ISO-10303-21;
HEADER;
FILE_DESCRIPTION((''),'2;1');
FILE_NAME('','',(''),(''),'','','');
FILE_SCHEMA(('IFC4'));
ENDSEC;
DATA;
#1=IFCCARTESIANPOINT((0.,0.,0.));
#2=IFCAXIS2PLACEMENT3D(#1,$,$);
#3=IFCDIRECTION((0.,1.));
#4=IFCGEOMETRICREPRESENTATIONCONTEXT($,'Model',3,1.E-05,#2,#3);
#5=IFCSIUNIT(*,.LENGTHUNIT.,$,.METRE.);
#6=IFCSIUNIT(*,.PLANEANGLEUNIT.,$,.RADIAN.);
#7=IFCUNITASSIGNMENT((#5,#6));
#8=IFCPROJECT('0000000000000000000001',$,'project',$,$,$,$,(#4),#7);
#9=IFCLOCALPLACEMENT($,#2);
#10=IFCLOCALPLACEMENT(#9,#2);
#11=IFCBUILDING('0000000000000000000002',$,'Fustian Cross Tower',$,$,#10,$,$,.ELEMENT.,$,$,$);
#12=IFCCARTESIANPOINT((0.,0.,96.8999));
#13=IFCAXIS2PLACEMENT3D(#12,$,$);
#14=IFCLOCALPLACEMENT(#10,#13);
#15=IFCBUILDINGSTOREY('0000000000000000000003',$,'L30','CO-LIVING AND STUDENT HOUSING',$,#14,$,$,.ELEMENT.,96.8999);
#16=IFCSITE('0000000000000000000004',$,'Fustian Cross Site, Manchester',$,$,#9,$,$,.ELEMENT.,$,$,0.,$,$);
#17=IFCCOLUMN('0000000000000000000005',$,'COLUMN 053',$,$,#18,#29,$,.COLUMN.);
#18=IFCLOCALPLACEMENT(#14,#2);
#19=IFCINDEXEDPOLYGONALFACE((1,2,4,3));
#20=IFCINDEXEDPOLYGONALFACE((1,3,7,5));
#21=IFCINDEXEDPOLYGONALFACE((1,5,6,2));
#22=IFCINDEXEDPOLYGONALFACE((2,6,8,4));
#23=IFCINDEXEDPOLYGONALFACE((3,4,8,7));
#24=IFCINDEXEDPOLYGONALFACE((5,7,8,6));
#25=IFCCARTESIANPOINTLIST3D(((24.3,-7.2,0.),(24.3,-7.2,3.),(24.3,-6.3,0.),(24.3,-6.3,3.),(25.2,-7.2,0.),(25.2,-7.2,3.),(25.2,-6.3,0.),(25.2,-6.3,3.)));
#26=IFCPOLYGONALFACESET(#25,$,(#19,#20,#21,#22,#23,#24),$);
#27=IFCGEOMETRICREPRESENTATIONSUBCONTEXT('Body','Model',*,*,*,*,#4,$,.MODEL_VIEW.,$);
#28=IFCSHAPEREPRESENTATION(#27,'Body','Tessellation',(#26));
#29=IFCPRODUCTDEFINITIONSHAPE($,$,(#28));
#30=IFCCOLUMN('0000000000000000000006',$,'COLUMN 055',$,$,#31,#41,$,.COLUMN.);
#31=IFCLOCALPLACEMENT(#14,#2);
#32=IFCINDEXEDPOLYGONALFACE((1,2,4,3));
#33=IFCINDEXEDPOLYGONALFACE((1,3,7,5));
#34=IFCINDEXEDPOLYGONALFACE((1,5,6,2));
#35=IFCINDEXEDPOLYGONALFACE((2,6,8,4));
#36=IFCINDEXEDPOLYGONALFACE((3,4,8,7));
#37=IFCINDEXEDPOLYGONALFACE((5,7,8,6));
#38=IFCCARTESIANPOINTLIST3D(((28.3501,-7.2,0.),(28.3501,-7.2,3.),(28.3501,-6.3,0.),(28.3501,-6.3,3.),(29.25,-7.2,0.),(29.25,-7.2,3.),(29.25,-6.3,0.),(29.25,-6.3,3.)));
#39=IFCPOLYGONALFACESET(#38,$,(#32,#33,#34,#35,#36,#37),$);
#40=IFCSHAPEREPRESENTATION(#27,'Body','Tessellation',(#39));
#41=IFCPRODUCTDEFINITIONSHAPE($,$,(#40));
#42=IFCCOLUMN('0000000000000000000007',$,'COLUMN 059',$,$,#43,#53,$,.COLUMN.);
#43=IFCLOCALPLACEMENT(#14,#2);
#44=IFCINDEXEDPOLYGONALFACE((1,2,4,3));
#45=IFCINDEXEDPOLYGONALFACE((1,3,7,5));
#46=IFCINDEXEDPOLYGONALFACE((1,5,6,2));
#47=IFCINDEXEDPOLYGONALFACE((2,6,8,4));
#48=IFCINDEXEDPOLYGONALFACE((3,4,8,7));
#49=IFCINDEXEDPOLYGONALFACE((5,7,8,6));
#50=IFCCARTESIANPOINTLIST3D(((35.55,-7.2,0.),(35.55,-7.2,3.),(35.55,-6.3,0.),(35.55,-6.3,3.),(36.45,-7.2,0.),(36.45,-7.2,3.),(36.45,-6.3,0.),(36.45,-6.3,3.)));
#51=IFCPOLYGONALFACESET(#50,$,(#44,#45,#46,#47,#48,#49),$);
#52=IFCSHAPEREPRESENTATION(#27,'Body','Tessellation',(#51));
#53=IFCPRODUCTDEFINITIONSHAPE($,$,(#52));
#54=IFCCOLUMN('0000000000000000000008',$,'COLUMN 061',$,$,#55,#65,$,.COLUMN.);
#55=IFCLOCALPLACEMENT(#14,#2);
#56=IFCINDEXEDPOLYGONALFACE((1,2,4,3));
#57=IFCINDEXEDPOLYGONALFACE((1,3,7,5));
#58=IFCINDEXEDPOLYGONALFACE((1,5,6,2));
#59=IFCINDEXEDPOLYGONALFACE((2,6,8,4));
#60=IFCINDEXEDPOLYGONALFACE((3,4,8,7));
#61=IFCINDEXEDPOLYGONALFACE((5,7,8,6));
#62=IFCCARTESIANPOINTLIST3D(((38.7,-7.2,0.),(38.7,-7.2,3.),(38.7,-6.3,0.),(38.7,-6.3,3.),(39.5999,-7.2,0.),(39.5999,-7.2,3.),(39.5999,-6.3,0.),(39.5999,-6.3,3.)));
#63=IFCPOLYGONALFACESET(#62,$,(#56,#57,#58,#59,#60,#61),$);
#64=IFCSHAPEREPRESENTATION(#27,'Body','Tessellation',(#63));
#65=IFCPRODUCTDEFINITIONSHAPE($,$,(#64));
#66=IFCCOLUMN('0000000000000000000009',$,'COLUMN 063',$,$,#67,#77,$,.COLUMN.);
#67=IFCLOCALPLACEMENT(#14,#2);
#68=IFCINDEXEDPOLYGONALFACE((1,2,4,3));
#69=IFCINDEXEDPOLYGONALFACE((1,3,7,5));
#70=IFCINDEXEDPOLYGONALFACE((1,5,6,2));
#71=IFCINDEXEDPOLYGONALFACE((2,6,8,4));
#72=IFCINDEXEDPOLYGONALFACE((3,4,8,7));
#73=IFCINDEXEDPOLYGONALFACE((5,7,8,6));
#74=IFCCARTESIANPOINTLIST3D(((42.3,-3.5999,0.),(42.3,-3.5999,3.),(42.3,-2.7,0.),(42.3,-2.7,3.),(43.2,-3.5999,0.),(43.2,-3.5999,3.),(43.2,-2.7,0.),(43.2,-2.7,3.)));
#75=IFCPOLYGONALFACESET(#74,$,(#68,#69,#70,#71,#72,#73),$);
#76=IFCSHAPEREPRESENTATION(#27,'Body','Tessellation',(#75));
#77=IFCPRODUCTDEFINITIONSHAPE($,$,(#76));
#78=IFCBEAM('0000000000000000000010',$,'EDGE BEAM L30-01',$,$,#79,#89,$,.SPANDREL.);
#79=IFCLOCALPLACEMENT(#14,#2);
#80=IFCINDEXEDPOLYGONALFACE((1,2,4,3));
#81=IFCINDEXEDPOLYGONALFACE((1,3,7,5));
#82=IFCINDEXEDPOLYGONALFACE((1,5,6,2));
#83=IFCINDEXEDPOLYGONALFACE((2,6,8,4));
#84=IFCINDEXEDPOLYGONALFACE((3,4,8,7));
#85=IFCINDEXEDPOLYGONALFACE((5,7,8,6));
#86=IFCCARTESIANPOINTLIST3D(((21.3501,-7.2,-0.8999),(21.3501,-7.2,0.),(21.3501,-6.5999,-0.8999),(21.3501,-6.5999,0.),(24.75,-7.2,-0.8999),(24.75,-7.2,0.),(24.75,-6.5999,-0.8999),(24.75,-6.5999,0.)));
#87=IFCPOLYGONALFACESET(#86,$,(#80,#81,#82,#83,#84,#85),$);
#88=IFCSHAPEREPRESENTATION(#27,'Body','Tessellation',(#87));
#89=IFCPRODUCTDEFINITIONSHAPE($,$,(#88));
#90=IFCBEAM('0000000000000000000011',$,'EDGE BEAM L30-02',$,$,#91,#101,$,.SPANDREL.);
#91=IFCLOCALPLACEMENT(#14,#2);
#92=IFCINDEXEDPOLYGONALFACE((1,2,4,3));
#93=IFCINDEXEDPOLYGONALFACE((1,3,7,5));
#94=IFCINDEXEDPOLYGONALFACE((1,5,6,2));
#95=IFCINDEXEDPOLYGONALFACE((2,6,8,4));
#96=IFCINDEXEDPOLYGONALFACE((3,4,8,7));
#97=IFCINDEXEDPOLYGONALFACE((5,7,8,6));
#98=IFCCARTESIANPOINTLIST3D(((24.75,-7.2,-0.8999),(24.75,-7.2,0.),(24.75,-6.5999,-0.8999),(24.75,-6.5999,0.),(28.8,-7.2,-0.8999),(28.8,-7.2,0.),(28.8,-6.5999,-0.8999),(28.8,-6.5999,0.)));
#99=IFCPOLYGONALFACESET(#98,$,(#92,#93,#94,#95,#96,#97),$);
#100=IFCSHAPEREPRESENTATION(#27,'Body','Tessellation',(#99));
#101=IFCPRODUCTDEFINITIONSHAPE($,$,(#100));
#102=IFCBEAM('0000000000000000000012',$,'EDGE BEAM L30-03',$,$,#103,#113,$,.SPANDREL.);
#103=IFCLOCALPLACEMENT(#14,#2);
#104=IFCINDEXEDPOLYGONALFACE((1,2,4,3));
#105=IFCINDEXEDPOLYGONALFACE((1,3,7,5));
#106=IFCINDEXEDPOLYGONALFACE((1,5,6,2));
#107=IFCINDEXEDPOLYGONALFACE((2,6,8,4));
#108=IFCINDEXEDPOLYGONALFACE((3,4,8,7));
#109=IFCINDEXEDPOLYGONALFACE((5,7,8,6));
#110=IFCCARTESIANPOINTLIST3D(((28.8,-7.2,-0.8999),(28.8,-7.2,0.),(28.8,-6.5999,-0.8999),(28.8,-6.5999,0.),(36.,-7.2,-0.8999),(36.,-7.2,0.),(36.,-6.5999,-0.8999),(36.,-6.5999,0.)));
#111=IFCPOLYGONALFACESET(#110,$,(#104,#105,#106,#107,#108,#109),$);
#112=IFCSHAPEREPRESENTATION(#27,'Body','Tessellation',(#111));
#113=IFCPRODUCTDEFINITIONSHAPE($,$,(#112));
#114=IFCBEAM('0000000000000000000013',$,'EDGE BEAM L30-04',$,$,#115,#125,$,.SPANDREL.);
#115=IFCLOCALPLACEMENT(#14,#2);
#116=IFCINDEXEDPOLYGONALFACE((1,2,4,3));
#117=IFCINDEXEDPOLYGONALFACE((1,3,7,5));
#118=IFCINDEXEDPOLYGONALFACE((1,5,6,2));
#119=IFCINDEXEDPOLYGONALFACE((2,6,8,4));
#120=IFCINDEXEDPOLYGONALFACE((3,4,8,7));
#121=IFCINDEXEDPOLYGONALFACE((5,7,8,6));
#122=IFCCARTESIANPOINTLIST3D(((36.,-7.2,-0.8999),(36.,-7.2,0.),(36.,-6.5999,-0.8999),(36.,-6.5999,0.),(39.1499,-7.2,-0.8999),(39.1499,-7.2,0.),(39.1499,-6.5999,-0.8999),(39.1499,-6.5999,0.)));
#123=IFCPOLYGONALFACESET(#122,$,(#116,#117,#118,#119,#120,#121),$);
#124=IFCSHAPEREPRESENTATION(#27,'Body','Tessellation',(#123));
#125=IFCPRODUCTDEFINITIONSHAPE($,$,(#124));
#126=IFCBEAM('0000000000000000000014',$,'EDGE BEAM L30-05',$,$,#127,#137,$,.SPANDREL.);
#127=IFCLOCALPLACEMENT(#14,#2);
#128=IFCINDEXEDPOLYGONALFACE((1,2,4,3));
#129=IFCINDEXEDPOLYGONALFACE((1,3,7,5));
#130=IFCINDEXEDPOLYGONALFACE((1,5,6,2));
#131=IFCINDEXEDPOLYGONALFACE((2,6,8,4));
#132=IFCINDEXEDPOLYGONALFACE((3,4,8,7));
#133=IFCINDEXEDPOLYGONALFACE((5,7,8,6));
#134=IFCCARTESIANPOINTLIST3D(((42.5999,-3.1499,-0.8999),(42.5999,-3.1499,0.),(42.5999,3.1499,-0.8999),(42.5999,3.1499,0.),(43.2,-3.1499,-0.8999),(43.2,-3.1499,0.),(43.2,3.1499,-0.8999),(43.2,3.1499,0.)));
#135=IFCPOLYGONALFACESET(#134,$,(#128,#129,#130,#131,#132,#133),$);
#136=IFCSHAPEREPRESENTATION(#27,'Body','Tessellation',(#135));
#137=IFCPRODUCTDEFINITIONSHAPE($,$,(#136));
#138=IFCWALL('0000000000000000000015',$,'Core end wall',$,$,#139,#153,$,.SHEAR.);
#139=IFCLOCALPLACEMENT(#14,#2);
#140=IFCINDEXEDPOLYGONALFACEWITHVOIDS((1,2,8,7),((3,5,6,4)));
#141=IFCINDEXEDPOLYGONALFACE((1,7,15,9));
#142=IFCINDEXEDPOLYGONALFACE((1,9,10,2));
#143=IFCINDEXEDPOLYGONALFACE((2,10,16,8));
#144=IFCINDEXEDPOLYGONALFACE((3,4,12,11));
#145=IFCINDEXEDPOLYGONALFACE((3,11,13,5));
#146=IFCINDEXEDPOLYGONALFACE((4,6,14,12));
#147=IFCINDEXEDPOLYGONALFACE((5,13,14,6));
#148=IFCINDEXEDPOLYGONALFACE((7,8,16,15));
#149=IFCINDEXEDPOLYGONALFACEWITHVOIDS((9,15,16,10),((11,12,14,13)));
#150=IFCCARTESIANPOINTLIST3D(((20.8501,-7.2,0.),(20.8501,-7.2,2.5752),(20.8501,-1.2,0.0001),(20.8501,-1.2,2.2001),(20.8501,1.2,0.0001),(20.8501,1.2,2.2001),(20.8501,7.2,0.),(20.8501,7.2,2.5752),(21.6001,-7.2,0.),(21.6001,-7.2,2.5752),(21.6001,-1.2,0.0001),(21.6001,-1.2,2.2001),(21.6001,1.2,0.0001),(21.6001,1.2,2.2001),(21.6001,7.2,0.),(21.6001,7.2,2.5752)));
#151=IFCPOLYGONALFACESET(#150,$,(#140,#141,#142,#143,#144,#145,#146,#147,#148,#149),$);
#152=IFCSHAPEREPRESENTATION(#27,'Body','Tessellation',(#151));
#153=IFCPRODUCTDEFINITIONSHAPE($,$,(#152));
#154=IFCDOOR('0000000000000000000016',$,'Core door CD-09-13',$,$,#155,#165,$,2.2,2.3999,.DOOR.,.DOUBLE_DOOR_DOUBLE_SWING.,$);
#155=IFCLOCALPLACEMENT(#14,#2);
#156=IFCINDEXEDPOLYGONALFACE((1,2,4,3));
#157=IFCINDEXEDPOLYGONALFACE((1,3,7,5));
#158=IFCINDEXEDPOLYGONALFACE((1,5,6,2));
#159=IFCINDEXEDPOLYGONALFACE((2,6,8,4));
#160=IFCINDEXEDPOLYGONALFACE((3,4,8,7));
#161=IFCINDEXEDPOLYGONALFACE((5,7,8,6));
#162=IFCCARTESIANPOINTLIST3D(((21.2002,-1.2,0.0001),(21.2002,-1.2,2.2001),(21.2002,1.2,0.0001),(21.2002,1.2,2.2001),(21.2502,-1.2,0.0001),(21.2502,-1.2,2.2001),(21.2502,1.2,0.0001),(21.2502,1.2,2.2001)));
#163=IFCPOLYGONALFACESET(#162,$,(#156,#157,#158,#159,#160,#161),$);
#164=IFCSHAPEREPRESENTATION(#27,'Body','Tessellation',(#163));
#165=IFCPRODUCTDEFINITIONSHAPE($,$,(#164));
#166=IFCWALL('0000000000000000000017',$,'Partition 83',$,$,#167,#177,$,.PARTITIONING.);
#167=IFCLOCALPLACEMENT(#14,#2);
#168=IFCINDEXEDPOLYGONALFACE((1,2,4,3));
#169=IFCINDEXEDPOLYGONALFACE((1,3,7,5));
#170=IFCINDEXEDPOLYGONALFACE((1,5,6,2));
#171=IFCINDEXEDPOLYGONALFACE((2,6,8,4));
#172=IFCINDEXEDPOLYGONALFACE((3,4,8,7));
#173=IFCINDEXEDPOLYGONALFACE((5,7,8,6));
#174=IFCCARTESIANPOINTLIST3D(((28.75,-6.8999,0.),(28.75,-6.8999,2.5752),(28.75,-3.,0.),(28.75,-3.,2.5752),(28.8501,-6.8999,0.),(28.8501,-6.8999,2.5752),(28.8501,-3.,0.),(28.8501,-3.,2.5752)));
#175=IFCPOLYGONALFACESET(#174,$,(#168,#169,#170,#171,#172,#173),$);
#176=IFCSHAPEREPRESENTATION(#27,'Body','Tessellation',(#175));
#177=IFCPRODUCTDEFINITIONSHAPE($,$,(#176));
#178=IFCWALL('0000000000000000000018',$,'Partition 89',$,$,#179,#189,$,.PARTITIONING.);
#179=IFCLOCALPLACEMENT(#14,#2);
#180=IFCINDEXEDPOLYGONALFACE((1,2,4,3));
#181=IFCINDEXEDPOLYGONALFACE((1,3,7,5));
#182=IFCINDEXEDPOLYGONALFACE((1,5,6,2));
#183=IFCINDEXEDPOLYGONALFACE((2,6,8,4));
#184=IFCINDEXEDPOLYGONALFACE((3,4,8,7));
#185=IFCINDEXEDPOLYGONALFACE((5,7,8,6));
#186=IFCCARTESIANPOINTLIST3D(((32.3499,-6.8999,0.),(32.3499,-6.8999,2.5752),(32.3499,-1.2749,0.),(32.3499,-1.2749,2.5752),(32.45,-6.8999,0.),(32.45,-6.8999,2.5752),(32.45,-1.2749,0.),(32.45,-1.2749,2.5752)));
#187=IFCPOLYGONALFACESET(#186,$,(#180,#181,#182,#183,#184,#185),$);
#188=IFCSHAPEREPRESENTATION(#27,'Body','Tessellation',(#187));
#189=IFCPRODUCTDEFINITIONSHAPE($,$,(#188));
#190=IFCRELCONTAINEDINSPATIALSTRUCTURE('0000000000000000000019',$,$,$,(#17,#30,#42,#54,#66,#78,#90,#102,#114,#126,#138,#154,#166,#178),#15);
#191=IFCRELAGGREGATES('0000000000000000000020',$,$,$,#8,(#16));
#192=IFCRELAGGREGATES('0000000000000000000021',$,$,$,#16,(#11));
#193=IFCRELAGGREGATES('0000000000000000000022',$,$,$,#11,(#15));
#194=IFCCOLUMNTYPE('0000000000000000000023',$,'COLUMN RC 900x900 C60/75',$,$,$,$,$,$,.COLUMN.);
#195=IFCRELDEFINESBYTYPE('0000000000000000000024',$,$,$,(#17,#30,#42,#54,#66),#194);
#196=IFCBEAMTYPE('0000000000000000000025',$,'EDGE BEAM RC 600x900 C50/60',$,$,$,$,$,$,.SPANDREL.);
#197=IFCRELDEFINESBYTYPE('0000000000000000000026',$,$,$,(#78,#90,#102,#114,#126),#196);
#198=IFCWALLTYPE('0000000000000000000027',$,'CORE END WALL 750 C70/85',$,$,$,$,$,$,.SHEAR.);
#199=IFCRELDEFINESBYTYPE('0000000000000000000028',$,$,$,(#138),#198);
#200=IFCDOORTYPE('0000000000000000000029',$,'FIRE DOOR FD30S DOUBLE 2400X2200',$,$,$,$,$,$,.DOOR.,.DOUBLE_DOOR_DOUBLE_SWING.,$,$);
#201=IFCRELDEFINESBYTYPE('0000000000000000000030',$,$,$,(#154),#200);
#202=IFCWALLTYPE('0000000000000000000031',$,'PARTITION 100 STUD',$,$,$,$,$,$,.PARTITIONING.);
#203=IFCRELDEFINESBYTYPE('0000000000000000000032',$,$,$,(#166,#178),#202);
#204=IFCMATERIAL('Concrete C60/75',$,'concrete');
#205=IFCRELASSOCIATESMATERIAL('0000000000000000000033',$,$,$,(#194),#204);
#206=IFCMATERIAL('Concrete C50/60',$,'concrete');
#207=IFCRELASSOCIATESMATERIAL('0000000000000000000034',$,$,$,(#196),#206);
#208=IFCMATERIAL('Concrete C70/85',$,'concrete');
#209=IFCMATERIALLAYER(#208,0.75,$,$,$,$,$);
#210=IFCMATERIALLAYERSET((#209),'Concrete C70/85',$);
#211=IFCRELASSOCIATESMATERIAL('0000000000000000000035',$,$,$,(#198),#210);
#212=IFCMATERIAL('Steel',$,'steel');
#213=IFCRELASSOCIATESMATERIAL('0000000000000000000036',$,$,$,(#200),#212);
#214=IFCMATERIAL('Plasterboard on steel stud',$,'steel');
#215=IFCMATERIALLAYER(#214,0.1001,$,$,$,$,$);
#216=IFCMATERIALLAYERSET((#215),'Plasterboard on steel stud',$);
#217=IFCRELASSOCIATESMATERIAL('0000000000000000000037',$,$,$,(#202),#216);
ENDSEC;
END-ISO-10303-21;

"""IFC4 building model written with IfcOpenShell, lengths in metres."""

from ifc_helpers import new_model, si_unit, direction, frame, frame_2d, origin, origin_2d, place, context, subcontext, project, spatial, rectangle, extrude, material, layer, layer_set, material_profile, profile_set, type_object, element, fill, save


model = new_model("IFC4")

# Units and contexts
model_context = context("Model", 3, precision=1e-05, world=origin(), true_north=direction((0.0, 1.0)))
body_context = subcontext(model_context, "Body", "Model", "MODEL_VIEW")
ifc_project = project(units=[si_unit("LENGTHUNIT", "METRE"), si_unit("PLANEANGLEUNIT", "RADIAN")], contexts=[model_context])

# Site, building, storey
site_placement = place(None, origin())
site = spatial("IfcSite", under=ifc_project, at=site_placement, Name="Fustian Cross Site, Manchester", CompositionType="ELEMENT", RefElevation=0.0)
building_placement = place(site_placement, origin())
building = spatial("IfcBuilding", under=site, at=building_placement, Name="Fustian Cross Tower", CompositionType="ELEMENT")
storey_placement = place(building_placement, frame((0.0, 0.0, 96.8999)))
storey = spatial("IfcBuildingStorey", under=building, at=storey_placement, Name="L30", Description="CO-LIVING AND STUDENT HOUSING", CompositionType="ELEMENT", Elevation=96.8999)

# Columns
ifc_material_1 = material(Name="Concrete C60/75", Category="concrete")
ifc_material_profile_1 = material_profile(ifc_material_1, rectangle(XDim=0.8999, YDim=0.8999, at=origin_2d()), Name="RC 900x900")
ifc_profile_set_1 = profile_set([ifc_material_profile_1], Name="Concrete C60/75")
column_type = type_object("IfcColumnType", Name="COLUMN RC 900x900 C60/75", PredefinedType="COLUMN", material=ifc_profile_set_1)
for number, where, z_axis, x_axis, name in (
    (1, (24.75, -6.75, 0.0), (0.0, 0.0, 1.0), (1.0, 0.0, 0.0), "COLUMN 053"),
    (2, (28.8, -6.75, 0.0), (0.0, 0.0, 1.0), (1.0, 0.0, 0.0), "COLUMN 055"),
    (3, (36.0, -6.75, 0.0), (0.0, 0.0, 1.0), (1.0, 0.0, 0.0), "COLUMN 059"),
    (4, (39.1499, -6.75, 0.0), (0.0, 0.0, 1.0), (1.0, 0.0, 0.0), "COLUMN 061"),
    (5, (42.75, -3.1499, 0.0), (0.0, 0.0, 1.0), (1.0, 0.0, 0.0), "COLUMN 063"),
):
    element("IfcColumn", number, at=place(storey_placement, frame(where, z_axis=z_axis, x_axis=x_axis)), inside=storey, type_object=column_type, Name=name, PredefinedType="COLUMN", context=body_context, shape_type="SweptSolid", body=[
        extrude(rectangle(XDim=0.8999, YDim=0.8999, at=origin_2d()), origin(), (0.0, 0.0, 1.0), 3.0),
    ])

# Beams
ifc_material_2 = material(Name="Concrete C50/60", Category="concrete")
ifc_material_profile_2 = material_profile(ifc_material_2, rectangle(XDim=0.6001, YDim=0.8999, at=origin_2d()), Name="RC 600x900")
ifc_profile_set_2 = profile_set([ifc_material_profile_2], Name="Concrete C50/60")
beam_type = type_object("IfcBeamType", Name="EDGE BEAM RC 600x900 C50/60", PredefinedType="SPANDREL", material=ifc_profile_set_2)
beam_1_placement = place(storey_placement, frame((21.3501, -6.8999, -0.45), z_axis=(1.0, 0.0, 0.0), x_axis=(0.0, 1.0, 0.0)))
element("IfcBeam", 6, at=beam_1_placement, inside=storey, type_object=beam_type, Name="EDGE BEAM L30-01", PredefinedType="SPANDREL", context=body_context, shape_type="SweptSolid", body=[
    extrude(rectangle(XDim=0.6001, YDim=0.8999, at=origin_2d()), origin(), (0.0, 0.0, 1.0), 3.3999),
])
beam_2_placement = place(storey_placement, frame((24.75, -6.8999, -0.45), z_axis=(1.0, 0.0, 0.0), x_axis=(0.0, 1.0, 0.0)))
element("IfcBeam", 7, at=beam_2_placement, inside=storey, type_object=beam_type, Name="EDGE BEAM L30-02", PredefinedType="SPANDREL", context=body_context, shape_type="SweptSolid", body=[
    extrude(rectangle(XDim=0.6001, YDim=0.8999, at=origin_2d()), origin(), (0.0, 0.0, 1.0), 4.05),
])
beam_3_placement = place(storey_placement, frame((28.8, -6.8999, -0.45), z_axis=(1.0, 0.0, 0.0), x_axis=(0.0, 1.0, 0.0)))
element("IfcBeam", 8, at=beam_3_placement, inside=storey, type_object=beam_type, Name="EDGE BEAM L30-03", PredefinedType="SPANDREL", context=body_context, shape_type="SweptSolid", body=[
    extrude(rectangle(XDim=0.6001, YDim=0.8999, at=origin_2d()), origin(), (0.0, 0.0, 1.0), 7.2),
])
beam_4_placement = place(storey_placement, frame((36.0, -6.8999, -0.45), z_axis=(1.0, 0.0, 0.0), x_axis=(0.0, 1.0, 0.0)))
element("IfcBeam", 9, at=beam_4_placement, inside=storey, type_object=beam_type, Name="EDGE BEAM L30-04", PredefinedType="SPANDREL", context=body_context, shape_type="SweptSolid", body=[
    extrude(rectangle(XDim=0.6001, YDim=0.8999, at=origin_2d()), origin(), (0.0, 0.0, 1.0), 3.1499),
])
beam_5_placement = place(storey_placement, frame((42.8999, -3.1499, -0.45), z_axis=(0.0, 1.0, 0.0), x_axis=(-1.0, 0.0, 0.0)))
element("IfcBeam", 10, at=beam_5_placement, inside=storey, type_object=beam_type, Name="EDGE BEAM L30-05", PredefinedType="SPANDREL", context=body_context, shape_type="SweptSolid", body=[
    extrude(rectangle(XDim=0.6001, YDim=0.8999, at=origin_2d()), origin(), (0.0, 0.0, 1.0), 6.2998),
])

# Wall, opening, door
ifc_material_3 = material(Name="Concrete C70/85", Category="concrete")
ifc_layer_1 = layer(ifc_material_3, 0.75)
ifc_layer_set_1 = layer_set([ifc_layer_1], Name="Concrete C70/85")
wall_type_1 = type_object("IfcWallType", Name="CORE END WALL 750 C70/85", PredefinedType="SHEAR", material=ifc_layer_set_1)
wall_1_placement = place(storey_placement, frame((21.2251, -7.2, 0.0), z_axis=(0.0, 0.0, 1.0), x_axis=(0.0, 1.0, 0.0)))
wall_1 = element("IfcWall", 11, at=wall_1_placement, inside=storey, type_object=wall_type_1, Name="Core end wall", PredefinedType="SHEAR", context=body_context, shape_type="SweptSolid", body=[
    extrude(rectangle(XDim=14.3999, YDim=0.75, at=frame_2d((7.2, 0.0))), origin(), (0.0, 0.0, 1.0), 2.5752),
])
opening_1_placement = place(wall_1_placement, frame((6.0, 0.0, 0.0)))
opening_1 = element("IfcOpeningElement", 12, at=opening_1_placement, cuts=wall_1, PredefinedType="OPENING", context=body_context, shape_type="SweptSolid", body=[
    extrude(rectangle(XDim=2.3999, YDim=2.2, at=frame_2d((1.2, 1.1001))), frame((0.0, 0.385, 0.0), z_axis=(0.0, -1.0, 0.0), x_axis=(1.0, 0.0, 0.0)), (0.0, 0.0, 1.0), 0.77),
])
ifc_material_4 = material(Name="Steel", Category="steel")
door_type = type_object("IfcDoorType", Name="FIRE DOOR FD30S DOUBLE 2400X2200", OperationType="DOUBLE_DOOR_DOUBLE_SWING", PredefinedType="DOOR", material=ifc_material_4)
door_placement = place(opening_1_placement, origin())
door = element("IfcDoor", 13, at=door_placement, inside=storey, type_object=door_type, Name="Core door CD-09-13", OperationType="DOUBLE_DOOR_DOUBLE_SWING", OverallHeight=2.2, OverallWidth=2.3999, PredefinedType="DOOR", context=body_context, shape_type="SweptSolid", body=[
    extrude(rectangle(XDim=2.3999, YDim=2.2, at=frame_2d((1.2, 1.1001))), frame((0.0, 0.0249, 0.0), z_axis=(0.0, -1.0, 0.0), x_axis=(1.0, 0.0, 0.0)), (0.0, 0.0, 1.0), 0.05),
])
fill(opening_1, door)

# Walls
ifc_material_5 = material(Name="Plasterboard on steel stud", Category="steel")
ifc_layer_2 = layer(ifc_material_5, 0.1001)
ifc_layer_set_2 = layer_set([ifc_layer_2], Name="Plasterboard on steel stud")
wall_type_2 = type_object("IfcWallType", Name="PARTITION 100 STUD", PredefinedType="PARTITIONING", material=ifc_layer_set_2)
wall_2_placement = place(storey_placement, frame((28.8, -6.8999, 0.0), z_axis=(0.0, 0.0, 1.0), x_axis=(0.0, 1.0, 0.0)))
element("IfcWall", 14, at=wall_2_placement, inside=storey, type_object=wall_type_2, Name="Partition 83", PredefinedType="PARTITIONING", context=body_context, shape_type="SweptSolid", body=[
    extrude(rectangle(XDim=3.8999, YDim=0.1001, at=frame_2d((1.95, 0.0))), origin(), (0.0, 0.0, 1.0), 2.5752),
])
wall_3_placement = place(storey_placement, frame((32.3999, -6.8999, 0.0), z_axis=(0.0, 0.0, 1.0), x_axis=(0.0, 1.0, 0.0)))
element("IfcWall", 15, at=wall_3_placement, inside=storey, type_object=wall_type_2, Name="Partition 89", PredefinedType="PARTITIONING", context=body_context, shape_type="SweptSolid", body=[
    extrude(rectangle(XDim=5.625, YDim=0.1001, at=frame_2d((2.8125, 0.0))), origin(), (0.0, 0.0, 1.0), 2.5752),
])

save(model, "model.ifc")
